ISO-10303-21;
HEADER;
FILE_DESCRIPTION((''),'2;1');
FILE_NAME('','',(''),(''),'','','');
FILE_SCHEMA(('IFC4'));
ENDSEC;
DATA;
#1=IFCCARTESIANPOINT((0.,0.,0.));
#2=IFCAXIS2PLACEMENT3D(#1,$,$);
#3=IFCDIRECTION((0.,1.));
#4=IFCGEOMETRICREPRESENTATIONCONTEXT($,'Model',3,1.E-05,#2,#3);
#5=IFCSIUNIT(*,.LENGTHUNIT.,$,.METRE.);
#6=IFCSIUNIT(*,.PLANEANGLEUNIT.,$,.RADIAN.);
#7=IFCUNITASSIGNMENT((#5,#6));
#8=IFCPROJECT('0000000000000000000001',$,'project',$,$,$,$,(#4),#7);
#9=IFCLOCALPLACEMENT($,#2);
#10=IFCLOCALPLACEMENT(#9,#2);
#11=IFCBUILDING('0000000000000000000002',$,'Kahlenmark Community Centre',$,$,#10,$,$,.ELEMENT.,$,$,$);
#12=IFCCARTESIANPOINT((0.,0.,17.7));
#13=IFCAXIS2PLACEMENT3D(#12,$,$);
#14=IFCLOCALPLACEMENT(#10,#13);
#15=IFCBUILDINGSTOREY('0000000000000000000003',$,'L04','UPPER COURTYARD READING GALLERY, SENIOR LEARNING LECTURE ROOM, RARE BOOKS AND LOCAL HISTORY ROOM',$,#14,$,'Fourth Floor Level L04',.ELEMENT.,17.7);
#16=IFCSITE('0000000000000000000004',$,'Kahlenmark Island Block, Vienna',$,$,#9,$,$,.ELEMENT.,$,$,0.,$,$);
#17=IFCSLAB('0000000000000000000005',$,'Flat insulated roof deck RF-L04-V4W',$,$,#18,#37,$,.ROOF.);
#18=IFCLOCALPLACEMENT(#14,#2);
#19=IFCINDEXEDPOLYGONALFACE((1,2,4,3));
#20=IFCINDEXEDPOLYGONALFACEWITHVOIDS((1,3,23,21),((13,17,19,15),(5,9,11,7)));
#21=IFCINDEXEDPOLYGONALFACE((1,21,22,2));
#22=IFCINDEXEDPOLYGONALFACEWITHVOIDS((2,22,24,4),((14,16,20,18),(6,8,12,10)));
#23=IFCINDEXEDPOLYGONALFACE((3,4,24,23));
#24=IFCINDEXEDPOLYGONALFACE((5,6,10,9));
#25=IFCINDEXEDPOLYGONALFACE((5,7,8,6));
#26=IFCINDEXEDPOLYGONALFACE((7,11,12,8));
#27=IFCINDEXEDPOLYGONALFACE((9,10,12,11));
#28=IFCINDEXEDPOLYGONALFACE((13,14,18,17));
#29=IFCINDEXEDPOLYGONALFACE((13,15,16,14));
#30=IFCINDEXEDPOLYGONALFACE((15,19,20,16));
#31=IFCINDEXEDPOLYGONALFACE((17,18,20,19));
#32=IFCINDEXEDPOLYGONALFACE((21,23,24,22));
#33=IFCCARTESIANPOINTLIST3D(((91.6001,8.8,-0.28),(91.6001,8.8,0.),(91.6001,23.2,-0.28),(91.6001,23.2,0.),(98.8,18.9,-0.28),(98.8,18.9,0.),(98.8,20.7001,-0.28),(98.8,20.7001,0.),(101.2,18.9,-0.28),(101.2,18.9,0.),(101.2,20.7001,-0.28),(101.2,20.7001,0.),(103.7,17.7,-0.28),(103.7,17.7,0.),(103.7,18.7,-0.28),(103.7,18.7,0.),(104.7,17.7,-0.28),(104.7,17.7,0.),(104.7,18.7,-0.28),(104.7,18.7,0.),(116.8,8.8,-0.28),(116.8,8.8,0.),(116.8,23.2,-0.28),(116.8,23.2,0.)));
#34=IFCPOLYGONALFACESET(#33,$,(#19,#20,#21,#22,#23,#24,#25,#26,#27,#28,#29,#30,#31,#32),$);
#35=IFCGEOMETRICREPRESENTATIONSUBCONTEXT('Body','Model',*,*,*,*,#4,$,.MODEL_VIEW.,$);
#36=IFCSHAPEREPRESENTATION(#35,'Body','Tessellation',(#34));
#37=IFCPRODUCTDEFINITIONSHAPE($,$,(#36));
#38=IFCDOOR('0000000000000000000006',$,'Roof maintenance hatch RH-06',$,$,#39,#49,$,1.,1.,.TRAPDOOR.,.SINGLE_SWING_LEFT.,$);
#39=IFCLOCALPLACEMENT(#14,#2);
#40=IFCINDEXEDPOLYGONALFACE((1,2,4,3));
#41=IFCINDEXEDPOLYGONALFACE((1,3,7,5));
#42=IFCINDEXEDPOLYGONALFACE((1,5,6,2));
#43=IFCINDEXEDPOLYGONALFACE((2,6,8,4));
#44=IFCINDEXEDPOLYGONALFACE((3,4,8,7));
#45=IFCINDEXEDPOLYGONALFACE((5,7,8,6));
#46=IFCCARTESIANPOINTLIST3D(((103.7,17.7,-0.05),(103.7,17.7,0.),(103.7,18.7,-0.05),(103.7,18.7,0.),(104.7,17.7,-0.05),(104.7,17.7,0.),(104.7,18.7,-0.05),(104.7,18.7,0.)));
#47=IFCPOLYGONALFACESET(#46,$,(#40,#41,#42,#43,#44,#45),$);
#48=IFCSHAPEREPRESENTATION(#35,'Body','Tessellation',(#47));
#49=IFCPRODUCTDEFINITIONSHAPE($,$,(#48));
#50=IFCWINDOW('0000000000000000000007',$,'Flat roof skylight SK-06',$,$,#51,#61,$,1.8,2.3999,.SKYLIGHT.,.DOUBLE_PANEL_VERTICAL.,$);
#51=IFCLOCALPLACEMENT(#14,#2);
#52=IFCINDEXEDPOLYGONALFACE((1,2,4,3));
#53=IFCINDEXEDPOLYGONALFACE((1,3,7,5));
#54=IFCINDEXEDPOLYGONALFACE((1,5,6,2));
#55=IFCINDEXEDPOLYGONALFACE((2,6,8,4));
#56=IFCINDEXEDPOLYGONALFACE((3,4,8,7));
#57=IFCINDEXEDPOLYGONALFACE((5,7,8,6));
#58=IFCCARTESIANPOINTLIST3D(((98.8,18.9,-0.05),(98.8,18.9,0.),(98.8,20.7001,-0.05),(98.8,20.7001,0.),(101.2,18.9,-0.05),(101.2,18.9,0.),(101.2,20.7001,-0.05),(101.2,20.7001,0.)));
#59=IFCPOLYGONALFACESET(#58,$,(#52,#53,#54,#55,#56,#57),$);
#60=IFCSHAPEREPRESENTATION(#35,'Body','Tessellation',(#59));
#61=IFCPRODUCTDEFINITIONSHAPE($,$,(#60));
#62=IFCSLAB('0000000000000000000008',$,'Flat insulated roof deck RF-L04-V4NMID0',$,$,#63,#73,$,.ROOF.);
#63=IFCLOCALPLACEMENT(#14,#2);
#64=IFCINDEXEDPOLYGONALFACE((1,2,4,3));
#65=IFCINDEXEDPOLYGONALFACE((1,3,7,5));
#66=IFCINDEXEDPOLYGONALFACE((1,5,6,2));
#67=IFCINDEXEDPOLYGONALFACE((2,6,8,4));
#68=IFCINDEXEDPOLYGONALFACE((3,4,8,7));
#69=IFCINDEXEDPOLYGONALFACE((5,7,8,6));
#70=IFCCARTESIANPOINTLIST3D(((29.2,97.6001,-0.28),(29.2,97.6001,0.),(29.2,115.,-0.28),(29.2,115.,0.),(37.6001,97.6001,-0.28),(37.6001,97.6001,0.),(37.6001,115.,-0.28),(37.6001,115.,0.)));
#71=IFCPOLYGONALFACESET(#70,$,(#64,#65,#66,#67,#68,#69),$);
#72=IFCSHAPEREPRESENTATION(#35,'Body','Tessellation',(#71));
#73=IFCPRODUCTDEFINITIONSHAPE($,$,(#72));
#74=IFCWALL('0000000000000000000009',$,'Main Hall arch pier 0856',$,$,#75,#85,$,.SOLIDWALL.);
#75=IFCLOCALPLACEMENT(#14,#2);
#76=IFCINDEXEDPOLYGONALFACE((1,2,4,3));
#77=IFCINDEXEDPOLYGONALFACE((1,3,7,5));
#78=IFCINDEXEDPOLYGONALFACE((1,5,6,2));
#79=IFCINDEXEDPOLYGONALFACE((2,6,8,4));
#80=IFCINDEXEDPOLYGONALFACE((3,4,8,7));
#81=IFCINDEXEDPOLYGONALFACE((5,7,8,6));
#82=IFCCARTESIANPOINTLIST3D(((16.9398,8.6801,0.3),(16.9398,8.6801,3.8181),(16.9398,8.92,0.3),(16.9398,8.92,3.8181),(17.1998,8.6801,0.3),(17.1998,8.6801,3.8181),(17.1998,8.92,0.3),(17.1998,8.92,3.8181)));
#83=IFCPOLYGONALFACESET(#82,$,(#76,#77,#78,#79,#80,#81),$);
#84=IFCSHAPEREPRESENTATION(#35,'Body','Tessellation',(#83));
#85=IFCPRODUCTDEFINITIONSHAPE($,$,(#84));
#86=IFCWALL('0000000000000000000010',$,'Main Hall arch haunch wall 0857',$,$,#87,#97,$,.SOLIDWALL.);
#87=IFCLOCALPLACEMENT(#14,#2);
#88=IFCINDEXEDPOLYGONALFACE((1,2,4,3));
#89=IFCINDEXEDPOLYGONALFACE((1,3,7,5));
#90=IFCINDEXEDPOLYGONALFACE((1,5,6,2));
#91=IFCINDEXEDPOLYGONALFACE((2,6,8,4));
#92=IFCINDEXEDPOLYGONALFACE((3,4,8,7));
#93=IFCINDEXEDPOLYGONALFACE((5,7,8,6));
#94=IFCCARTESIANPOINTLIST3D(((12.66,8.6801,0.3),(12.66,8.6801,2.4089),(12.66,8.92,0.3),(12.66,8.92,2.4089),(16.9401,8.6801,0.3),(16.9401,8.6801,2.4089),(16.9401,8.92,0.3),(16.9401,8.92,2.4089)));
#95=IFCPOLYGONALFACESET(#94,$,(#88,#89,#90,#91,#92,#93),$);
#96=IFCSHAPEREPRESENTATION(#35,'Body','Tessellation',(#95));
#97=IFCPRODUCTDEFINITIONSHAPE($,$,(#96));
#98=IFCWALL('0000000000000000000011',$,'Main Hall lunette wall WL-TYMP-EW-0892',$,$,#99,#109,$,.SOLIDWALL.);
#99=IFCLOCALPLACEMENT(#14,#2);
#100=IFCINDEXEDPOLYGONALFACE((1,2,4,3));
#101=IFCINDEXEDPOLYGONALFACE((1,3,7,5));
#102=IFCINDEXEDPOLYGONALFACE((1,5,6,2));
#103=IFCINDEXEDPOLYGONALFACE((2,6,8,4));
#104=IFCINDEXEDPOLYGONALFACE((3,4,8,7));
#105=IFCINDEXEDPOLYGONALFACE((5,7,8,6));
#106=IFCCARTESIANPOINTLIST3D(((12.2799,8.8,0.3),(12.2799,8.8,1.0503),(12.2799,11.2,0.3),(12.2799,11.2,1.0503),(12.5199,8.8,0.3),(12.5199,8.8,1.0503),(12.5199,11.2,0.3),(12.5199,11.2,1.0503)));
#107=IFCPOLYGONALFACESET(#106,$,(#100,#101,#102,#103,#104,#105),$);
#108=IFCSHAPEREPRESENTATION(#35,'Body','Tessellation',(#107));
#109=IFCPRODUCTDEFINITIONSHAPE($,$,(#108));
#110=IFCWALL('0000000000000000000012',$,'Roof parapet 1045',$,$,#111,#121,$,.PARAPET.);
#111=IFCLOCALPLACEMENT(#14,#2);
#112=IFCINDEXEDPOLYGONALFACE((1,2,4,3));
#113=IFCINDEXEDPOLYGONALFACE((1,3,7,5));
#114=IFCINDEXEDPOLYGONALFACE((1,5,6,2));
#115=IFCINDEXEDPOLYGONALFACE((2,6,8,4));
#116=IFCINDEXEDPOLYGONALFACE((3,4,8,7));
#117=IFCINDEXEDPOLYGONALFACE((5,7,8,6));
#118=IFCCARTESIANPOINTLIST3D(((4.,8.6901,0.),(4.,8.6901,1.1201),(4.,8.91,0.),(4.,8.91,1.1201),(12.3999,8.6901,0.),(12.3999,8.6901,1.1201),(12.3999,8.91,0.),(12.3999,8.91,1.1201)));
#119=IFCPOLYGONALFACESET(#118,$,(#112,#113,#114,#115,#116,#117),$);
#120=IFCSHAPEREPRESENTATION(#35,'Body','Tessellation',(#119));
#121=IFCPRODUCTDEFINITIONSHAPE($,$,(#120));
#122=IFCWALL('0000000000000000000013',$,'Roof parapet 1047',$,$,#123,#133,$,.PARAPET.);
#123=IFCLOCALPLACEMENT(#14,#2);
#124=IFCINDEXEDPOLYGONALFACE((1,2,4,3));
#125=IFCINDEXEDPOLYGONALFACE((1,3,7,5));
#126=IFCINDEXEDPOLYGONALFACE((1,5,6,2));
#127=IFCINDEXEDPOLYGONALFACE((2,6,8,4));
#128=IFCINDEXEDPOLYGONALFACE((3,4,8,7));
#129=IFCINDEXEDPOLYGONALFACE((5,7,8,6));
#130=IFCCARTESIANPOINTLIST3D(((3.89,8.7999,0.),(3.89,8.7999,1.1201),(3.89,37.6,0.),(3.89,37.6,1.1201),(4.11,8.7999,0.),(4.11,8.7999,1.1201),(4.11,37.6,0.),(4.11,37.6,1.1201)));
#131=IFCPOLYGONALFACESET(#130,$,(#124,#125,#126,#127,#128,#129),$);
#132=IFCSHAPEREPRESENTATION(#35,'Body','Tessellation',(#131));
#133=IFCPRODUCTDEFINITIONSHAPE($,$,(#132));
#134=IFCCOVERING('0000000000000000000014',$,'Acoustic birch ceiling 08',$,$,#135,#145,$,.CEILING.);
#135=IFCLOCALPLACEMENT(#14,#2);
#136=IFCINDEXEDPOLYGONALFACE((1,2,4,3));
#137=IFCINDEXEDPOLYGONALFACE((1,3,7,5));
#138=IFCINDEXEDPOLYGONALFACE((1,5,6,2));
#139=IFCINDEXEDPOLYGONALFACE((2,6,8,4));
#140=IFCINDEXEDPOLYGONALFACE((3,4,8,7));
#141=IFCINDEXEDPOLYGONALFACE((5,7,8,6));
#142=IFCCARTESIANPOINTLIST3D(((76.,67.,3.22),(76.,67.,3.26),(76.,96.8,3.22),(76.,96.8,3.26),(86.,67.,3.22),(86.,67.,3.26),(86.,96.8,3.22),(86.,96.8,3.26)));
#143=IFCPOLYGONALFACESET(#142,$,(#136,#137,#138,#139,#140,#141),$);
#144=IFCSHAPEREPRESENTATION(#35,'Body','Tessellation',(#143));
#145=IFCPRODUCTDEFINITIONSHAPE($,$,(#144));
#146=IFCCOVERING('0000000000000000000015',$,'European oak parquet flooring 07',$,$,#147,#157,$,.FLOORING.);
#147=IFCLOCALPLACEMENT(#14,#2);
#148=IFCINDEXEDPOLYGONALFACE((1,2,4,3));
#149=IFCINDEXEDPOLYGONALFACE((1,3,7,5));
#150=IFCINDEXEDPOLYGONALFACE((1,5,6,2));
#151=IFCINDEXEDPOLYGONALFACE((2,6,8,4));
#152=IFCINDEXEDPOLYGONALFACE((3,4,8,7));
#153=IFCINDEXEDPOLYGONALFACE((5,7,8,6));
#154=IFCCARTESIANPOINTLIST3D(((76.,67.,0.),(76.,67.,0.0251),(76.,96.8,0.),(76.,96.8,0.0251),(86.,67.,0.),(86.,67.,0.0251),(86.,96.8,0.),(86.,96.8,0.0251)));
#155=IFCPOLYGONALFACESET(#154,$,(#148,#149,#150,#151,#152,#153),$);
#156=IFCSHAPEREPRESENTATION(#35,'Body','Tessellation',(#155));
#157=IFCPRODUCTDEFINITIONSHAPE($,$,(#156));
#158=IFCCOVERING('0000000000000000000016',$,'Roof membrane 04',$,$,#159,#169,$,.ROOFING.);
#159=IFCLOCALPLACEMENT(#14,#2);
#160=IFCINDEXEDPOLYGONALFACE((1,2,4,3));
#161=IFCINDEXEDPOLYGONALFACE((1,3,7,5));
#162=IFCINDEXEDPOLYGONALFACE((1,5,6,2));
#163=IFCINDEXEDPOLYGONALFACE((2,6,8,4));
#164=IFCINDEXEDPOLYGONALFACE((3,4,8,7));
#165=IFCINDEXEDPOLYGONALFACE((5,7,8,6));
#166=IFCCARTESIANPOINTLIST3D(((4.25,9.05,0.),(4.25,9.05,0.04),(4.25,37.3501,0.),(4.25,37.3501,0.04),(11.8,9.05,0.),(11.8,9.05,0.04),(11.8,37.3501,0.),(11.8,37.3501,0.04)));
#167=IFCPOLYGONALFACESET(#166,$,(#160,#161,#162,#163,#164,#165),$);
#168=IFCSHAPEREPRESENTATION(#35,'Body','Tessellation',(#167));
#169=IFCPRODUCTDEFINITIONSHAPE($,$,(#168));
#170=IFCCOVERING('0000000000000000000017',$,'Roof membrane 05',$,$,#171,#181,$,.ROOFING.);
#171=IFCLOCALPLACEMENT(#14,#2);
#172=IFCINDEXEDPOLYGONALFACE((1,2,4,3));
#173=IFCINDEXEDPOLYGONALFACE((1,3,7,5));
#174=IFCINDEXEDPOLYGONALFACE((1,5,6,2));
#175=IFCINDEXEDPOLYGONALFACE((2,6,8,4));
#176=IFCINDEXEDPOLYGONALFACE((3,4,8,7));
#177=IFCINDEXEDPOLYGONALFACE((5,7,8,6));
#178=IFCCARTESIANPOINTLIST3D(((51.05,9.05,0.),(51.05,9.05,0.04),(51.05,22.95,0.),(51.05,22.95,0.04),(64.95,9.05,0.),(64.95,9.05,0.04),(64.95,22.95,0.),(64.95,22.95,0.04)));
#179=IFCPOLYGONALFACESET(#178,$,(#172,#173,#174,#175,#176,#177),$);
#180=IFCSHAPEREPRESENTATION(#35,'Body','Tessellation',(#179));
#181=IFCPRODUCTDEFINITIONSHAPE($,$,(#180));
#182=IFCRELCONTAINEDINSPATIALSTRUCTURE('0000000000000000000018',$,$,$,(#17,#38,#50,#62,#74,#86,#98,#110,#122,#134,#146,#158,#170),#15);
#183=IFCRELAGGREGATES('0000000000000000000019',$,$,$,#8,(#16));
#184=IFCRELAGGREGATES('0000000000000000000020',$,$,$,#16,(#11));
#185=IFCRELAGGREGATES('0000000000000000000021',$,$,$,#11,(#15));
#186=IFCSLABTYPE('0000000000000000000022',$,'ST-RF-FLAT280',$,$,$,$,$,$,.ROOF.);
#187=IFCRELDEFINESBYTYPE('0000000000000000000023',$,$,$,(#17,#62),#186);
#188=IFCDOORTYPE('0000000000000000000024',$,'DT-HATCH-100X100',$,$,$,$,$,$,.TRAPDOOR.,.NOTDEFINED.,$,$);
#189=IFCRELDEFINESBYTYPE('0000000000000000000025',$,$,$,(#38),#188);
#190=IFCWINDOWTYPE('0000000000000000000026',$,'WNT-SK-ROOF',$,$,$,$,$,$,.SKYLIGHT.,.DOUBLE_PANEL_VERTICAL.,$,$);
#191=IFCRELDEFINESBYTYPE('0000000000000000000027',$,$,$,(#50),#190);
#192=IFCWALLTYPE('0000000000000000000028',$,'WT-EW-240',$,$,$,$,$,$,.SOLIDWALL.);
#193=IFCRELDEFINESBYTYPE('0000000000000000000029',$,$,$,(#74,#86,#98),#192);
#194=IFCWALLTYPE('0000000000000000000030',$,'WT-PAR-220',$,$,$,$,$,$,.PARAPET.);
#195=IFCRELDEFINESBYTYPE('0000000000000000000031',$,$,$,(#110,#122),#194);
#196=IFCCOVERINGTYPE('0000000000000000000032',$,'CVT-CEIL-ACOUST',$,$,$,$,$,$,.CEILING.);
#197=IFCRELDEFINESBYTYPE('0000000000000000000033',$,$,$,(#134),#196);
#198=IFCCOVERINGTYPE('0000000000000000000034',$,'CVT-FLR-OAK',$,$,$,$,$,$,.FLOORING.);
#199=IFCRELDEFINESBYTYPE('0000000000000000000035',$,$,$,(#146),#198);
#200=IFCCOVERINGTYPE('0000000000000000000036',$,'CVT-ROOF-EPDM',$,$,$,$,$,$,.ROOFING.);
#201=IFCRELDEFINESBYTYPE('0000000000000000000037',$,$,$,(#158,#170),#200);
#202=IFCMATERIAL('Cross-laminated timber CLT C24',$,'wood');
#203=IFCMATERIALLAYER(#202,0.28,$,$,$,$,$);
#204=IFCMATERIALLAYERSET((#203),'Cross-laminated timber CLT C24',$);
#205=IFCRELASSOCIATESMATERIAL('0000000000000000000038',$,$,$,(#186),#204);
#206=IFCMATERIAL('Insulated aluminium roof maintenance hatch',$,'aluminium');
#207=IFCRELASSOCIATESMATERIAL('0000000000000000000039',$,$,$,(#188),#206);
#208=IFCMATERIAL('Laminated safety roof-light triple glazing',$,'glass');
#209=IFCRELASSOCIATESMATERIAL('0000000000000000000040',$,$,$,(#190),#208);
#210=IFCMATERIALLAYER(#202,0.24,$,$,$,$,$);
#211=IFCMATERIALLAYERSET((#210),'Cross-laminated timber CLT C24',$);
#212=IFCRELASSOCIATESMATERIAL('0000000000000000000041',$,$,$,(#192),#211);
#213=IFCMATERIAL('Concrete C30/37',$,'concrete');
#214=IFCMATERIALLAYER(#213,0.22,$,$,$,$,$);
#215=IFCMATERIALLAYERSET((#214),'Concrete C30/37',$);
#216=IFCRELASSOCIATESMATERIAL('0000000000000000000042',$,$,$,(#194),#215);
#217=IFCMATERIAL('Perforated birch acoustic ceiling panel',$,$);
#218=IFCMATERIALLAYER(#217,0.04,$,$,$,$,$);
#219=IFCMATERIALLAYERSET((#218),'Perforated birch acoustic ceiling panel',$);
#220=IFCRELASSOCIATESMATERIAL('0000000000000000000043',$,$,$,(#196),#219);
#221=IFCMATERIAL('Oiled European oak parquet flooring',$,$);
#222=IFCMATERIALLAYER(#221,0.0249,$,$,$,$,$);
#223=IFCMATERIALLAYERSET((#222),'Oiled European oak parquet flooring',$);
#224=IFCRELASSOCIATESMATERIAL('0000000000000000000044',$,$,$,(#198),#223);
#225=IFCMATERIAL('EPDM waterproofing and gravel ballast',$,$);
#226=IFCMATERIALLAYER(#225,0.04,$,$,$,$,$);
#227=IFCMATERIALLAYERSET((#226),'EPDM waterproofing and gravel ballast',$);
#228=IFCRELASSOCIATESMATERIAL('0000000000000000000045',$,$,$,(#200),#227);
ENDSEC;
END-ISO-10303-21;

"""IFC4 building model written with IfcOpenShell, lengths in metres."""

from ifc_helpers import new_model, si_unit, direction, frame, frame_2d, origin, origin_2d, place, context, subcontext, project, spatial, polyline, rectangle, outline, extrude, material, layer, layer_set, type_object, element, fill, save


model = new_model("IFC4")

# Units and contexts
model_context = context("Model", 3, precision=1e-05, world=origin(), true_north=direction((0.0, 1.0)))
body_context = subcontext(model_context, "Body", "Model", "MODEL_VIEW")
ifc_project = project(units=[si_unit("LENGTHUNIT", "METRE"), si_unit("PLANEANGLEUNIT", "RADIAN")], contexts=[model_context])

# Site, building, storey
site_placement = place(None, origin())
site = spatial("IfcSite", under=ifc_project, at=site_placement, Name="Kahlenmark Island Block, Vienna", CompositionType="ELEMENT", RefElevation=0.0)
building_placement = place(site_placement, origin())
building = spatial("IfcBuilding", under=site, at=building_placement, Name="Kahlenmark Community Centre", CompositionType="ELEMENT")
storey_placement = place(building_placement, frame((0.0, 0.0, 17.7)))
storey = spatial("IfcBuildingStorey", under=building, at=storey_placement, Name="L04", Description="UPPER COURTYARD READING GALLERY, SENIOR LEARNING LECTURE ROOM, RARE BOOKS AND LOCAL HISTORY ROOM", LongName="Fourth Floor Level L04", CompositionType="ELEMENT", Elevation=17.7)

# Shared definitions
ifc_material_1 = material(Name="Cross-laminated timber CLT C24", Category="wood")

# Shared definitions
ifc_layer_1 = layer(ifc_material_1, 0.28)
ifc_layer_set_1 = layer_set([ifc_layer_1], Name="Cross-laminated timber CLT C24")
slab_type_1 = type_object("IfcSlabType", Name="ST-RF-FLAT280", PredefinedType="ROOF", material=ifc_layer_set_1)
ifc_material_2 = material(Name="Insulated aluminium roof maintenance hatch", Category="aluminium")
door_type = type_object("IfcDoorType", Name="DT-HATCH-100X100", OperationType="NOTDEFINED", PredefinedType="TRAPDOOR", material=ifc_material_2)

# Slab, openings, door, window
ifc_material_3 = material(Name="Laminated safety roof-light triple glazing", Category="glass")
window_type = type_object("IfcWindowType", Name="WNT-SK-ROOF", PartitioningType="DOUBLE_PANEL_VERTICAL", PredefinedType="SKYLIGHT", material=ifc_material_3)
slab_1_placement = place(storey_placement, frame((0.0, 0.0, -0.28)))
slab_1 = element("IfcSlab", 1, at=slab_1_placement, inside=storey, type_object=slab_type_1, Name="Flat insulated roof deck RF-L04-V4W", PredefinedType="ROOF", context=body_context, shape_type="SweptSolid", body=[
    extrude(outline(polyline([(91.6001, 8.8), (116.8, 8.8), (116.8, 23.2), (91.6001, 23.2), (91.6001, 8.8)])), origin(), (0.0, 0.0, 1.0), 0.28),
])
opening_1_placement = place(slab_1_placement, frame((104.2, 18.2, -0.01)))
opening_1 = element("IfcOpeningElement", 2, at=opening_1_placement, cuts=slab_1, PredefinedType="OPENING", context=body_context, shape_type="SweptSolid", body=[
    extrude(rectangle(XDim=1.0, YDim=1.0, at=origin_2d()), origin(), (0.0, 0.0, 1.0), 0.3),
])
opening_2_placement = place(slab_1_placement, frame((100.0, 19.8, -0.01)))
opening_2 = element("IfcOpeningElement", 3, at=opening_2_placement, cuts=slab_1, PredefinedType="OPENING", context=body_context, shape_type="SweptSolid", body=[
    extrude(rectangle(XDim=2.3999, YDim=1.8, at=origin_2d()), origin(), (0.0, 0.0, 1.0), 0.3),
])
door_1_placement = place(slab_1_placement, frame((104.2, 18.2, 0.23)))
door_1 = element("IfcDoor", 4, at=door_1_placement, inside=storey, type_object=door_type, Name="Roof maintenance hatch RH-06", OperationType="SINGLE_SWING_LEFT", OverallHeight=1.0, OverallWidth=1.0, PredefinedType="TRAPDOOR", context=body_context, shape_type="SweptSolid", body=[
    extrude(rectangle(XDim=1.0, YDim=1.0, at=origin_2d()), origin(), (0.0, 0.0, 1.0), 0.05),
])
fill(opening_1, door_1)
window_1_placement = place(slab_1_placement, frame((100.0, 19.8, 0.23)))
window_1 = element("IfcWindow", 5, at=window_1_placement, inside=storey, type_object=window_type, Name="Flat roof skylight SK-06", OverallHeight=1.8, OverallWidth=2.3999, PartitioningType="DOUBLE_PANEL_VERTICAL", PredefinedType="SKYLIGHT", context=body_context, shape_type="SweptSolid", body=[
    extrude(rectangle(XDim=2.3999, YDim=1.8, at=origin_2d()), origin(), (0.0, 0.0, 1.0), 0.05),
])
fill(opening_2, window_1)

# Slab
slab_2_placement = place(storey_placement, frame((0.0, 0.0, -0.28)))
element("IfcSlab", 6, at=slab_2_placement, inside=storey, type_object=slab_type_1, Name="Flat insulated roof deck RF-L04-V4NMID0", PredefinedType="ROOF", context=body_context, shape_type="SweptSolid", body=[
    extrude(outline(polyline([(29.2, 97.6001), (37.6001, 97.6001), (37.6001, 115.0), (29.2, 115.0), (29.2, 97.6001)])), origin(), (0.0, 0.0, 1.0), 0.28),
])

# Walls
ifc_layer_2 = layer(ifc_material_1, 0.24)
ifc_layer_set_2 = layer_set([ifc_layer_2], Name="Cross-laminated timber CLT C24")
wall_type_1 = type_object("IfcWallType", Name="WT-EW-240", PredefinedType="SOLIDWALL", material=ifc_layer_set_2)
wall_1_placement = place(storey_placement, frame((16.9399, 8.8, 0.3), z_axis=(0.0, 0.0, 1.0), x_axis=(1.0, 0.0, 0.0)))
element("IfcWall", 7, at=wall_1_placement, inside=storey, type_object=wall_type_1, Name="Main Hall arch pier 0856", PredefinedType="SOLIDWALL", context=body_context, shape_type="SweptSolid", body=[
    extrude(rectangle(XDim=0.26, YDim=0.24, at=frame_2d((0.1299, 0.0))), origin(), (0.0, 0.0, 1.0), 3.5181),
])
wall_2_placement = place(storey_placement, frame((12.6599, 8.8, 0.3), z_axis=(0.0, 0.0, 1.0), x_axis=(1.0, 0.0, 0.0)))
element("IfcWall", 8, at=wall_2_placement, inside=storey, type_object=wall_type_1, Name="Main Hall arch haunch wall 0857", PredefinedType="SOLIDWALL", context=body_context, shape_type="SweptSolid", body=[
    extrude(rectangle(XDim=4.28, YDim=0.24, at=frame_2d((2.1401, 0.0))), origin(), (0.0, 0.0, 1.0), 2.1089),
])
wall_3_placement = place(storey_placement, frame((12.3999, 8.8, 0.3), z_axis=(0.0, 0.0, 1.0), x_axis=(0.0, 1.0, 0.0)))
element("IfcWall", 9, at=wall_3_placement, inside=storey, type_object=wall_type_1, Name="Main Hall lunette wall WL-TYMP-EW-0892", PredefinedType="SOLIDWALL", context=body_context, shape_type="SweptSolid", body=[
    extrude(rectangle(XDim=2.3999, YDim=0.24, at=frame_2d((1.2, 0.0))), origin(), (0.0, 0.0, 1.0), 0.7502),
])
ifc_material_4 = material(Name="Concrete C30/37", Category="concrete")
ifc_layer_3 = layer(ifc_material_4, 0.22)
ifc_layer_set_3 = layer_set([ifc_layer_3], Name="Concrete C30/37")
wall_type_2 = type_object("IfcWallType", Name="WT-PAR-220", PredefinedType="PARAPET", material=ifc_layer_set_3)
wall_4_placement = place(storey_placement, frame((4.0, 8.8, 0.0), z_axis=(0.0, 0.0, 1.0), x_axis=(1.0, 0.0, 0.0)))
element("IfcWall", 10, at=wall_4_placement, inside=storey, type_object=wall_type_2, Name="Roof parapet 1045", PredefinedType="PARAPET", context=body_context, shape_type="SweptSolid", body=[
    extrude(rectangle(XDim=8.3999, YDim=0.22, at=frame_2d((4.2, 0.0))), origin(), (0.0, 0.0, 1.0), 1.1201),
])
wall_5_placement = place(storey_placement, frame((4.0, 8.8, 0.0), z_axis=(0.0, 0.0, 1.0), x_axis=(0.0, 1.0, 0.0)))
element("IfcWall", 11, at=wall_5_placement, inside=storey, type_object=wall_type_2, Name="Roof parapet 1047", PredefinedType="PARAPET", context=body_context, shape_type="SweptSolid", body=[
    extrude(rectangle(XDim=28.8, YDim=0.22, at=frame_2d((14.3999, 0.0))), origin(), (0.0, 0.0, 1.0), 1.1201),
])

# Coverings
ifc_material_5 = material(Name="Perforated birch acoustic ceiling panel")
ifc_layer_4 = layer(ifc_material_5, 0.04)
ifc_layer_set_4 = layer_set([ifc_layer_4], Name="Perforated birch acoustic ceiling panel")
covering_type_1 = type_object("IfcCoveringType", Name="CVT-CEIL-ACOUST", PredefinedType="CEILING", material=ifc_layer_set_4)
covering_1_placement = place(storey_placement, frame((0.0, 0.0, 3.22)))
element("IfcCovering", 12, at=covering_1_placement, inside=storey, type_object=covering_type_1, Name="Acoustic birch ceiling 08", PredefinedType="CEILING", context=body_context, shape_type="SweptSolid", body=[
    extrude(outline(polyline([(76.0, 67.0), (86.0, 67.0), (86.0, 96.8), (76.0, 96.8), (76.0, 67.0)])), origin(), (0.0, 0.0, 1.0), 0.04),
])
ifc_material_6 = material(Name="Oiled European oak parquet flooring")
ifc_layer_5 = layer(ifc_material_6, 0.0249)
ifc_layer_set_5 = layer_set([ifc_layer_5], Name="Oiled European oak parquet flooring")
covering_type_2 = type_object("IfcCoveringType", Name="CVT-FLR-OAK", PredefinedType="FLOORING", material=ifc_layer_set_5)
covering_2_placement = place(storey_placement, origin())
element("IfcCovering", 13, at=covering_2_placement, inside=storey, type_object=covering_type_2, Name="European oak parquet flooring 07", PredefinedType="FLOORING", context=body_context, shape_type="SweptSolid", body=[
    extrude(outline(polyline([(76.0, 67.0), (86.0, 67.0), (86.0, 96.8), (76.0, 96.8), (76.0, 67.0)])), origin(), (0.0, 0.0, 1.0), 0.0251),
])
ifc_material_7 = material(Name="EPDM waterproofing and gravel ballast")
ifc_layer_6 = layer(ifc_material_7, 0.04)
ifc_layer_set_6 = layer_set([ifc_layer_6], Name="EPDM waterproofing and gravel ballast")
covering_type_3 = type_object("IfcCoveringType", Name="CVT-ROOF-EPDM", PredefinedType="ROOFING", material=ifc_layer_set_6)
covering_3_placement = place(storey_placement, origin())
element("IfcCovering", 14, at=covering_3_placement, inside=storey, type_object=covering_type_3, Name="Roof membrane 04", PredefinedType="ROOFING", context=body_context, shape_type="SweptSolid", body=[
    extrude(outline(polyline([(4.25, 9.05), (11.8, 9.05), (11.8, 37.3501), (4.25, 37.3501), (4.25, 9.05)])), origin(), (0.0, 0.0, 1.0), 0.04),
])
covering_4_placement = place(storey_placement, origin())
element("IfcCovering", 15, at=covering_4_placement, inside=storey, type_object=covering_type_3, Name="Roof membrane 05", PredefinedType="ROOFING", context=body_context, shape_type="SweptSolid", body=[
    extrude(outline(polyline([(51.05, 9.05), (64.95, 9.05), (64.95, 22.95), (51.05, 22.95), (51.05, 9.05)])), origin(), (0.0, 0.0, 1.0), 0.04),
])

save(model, "model.ifc")
